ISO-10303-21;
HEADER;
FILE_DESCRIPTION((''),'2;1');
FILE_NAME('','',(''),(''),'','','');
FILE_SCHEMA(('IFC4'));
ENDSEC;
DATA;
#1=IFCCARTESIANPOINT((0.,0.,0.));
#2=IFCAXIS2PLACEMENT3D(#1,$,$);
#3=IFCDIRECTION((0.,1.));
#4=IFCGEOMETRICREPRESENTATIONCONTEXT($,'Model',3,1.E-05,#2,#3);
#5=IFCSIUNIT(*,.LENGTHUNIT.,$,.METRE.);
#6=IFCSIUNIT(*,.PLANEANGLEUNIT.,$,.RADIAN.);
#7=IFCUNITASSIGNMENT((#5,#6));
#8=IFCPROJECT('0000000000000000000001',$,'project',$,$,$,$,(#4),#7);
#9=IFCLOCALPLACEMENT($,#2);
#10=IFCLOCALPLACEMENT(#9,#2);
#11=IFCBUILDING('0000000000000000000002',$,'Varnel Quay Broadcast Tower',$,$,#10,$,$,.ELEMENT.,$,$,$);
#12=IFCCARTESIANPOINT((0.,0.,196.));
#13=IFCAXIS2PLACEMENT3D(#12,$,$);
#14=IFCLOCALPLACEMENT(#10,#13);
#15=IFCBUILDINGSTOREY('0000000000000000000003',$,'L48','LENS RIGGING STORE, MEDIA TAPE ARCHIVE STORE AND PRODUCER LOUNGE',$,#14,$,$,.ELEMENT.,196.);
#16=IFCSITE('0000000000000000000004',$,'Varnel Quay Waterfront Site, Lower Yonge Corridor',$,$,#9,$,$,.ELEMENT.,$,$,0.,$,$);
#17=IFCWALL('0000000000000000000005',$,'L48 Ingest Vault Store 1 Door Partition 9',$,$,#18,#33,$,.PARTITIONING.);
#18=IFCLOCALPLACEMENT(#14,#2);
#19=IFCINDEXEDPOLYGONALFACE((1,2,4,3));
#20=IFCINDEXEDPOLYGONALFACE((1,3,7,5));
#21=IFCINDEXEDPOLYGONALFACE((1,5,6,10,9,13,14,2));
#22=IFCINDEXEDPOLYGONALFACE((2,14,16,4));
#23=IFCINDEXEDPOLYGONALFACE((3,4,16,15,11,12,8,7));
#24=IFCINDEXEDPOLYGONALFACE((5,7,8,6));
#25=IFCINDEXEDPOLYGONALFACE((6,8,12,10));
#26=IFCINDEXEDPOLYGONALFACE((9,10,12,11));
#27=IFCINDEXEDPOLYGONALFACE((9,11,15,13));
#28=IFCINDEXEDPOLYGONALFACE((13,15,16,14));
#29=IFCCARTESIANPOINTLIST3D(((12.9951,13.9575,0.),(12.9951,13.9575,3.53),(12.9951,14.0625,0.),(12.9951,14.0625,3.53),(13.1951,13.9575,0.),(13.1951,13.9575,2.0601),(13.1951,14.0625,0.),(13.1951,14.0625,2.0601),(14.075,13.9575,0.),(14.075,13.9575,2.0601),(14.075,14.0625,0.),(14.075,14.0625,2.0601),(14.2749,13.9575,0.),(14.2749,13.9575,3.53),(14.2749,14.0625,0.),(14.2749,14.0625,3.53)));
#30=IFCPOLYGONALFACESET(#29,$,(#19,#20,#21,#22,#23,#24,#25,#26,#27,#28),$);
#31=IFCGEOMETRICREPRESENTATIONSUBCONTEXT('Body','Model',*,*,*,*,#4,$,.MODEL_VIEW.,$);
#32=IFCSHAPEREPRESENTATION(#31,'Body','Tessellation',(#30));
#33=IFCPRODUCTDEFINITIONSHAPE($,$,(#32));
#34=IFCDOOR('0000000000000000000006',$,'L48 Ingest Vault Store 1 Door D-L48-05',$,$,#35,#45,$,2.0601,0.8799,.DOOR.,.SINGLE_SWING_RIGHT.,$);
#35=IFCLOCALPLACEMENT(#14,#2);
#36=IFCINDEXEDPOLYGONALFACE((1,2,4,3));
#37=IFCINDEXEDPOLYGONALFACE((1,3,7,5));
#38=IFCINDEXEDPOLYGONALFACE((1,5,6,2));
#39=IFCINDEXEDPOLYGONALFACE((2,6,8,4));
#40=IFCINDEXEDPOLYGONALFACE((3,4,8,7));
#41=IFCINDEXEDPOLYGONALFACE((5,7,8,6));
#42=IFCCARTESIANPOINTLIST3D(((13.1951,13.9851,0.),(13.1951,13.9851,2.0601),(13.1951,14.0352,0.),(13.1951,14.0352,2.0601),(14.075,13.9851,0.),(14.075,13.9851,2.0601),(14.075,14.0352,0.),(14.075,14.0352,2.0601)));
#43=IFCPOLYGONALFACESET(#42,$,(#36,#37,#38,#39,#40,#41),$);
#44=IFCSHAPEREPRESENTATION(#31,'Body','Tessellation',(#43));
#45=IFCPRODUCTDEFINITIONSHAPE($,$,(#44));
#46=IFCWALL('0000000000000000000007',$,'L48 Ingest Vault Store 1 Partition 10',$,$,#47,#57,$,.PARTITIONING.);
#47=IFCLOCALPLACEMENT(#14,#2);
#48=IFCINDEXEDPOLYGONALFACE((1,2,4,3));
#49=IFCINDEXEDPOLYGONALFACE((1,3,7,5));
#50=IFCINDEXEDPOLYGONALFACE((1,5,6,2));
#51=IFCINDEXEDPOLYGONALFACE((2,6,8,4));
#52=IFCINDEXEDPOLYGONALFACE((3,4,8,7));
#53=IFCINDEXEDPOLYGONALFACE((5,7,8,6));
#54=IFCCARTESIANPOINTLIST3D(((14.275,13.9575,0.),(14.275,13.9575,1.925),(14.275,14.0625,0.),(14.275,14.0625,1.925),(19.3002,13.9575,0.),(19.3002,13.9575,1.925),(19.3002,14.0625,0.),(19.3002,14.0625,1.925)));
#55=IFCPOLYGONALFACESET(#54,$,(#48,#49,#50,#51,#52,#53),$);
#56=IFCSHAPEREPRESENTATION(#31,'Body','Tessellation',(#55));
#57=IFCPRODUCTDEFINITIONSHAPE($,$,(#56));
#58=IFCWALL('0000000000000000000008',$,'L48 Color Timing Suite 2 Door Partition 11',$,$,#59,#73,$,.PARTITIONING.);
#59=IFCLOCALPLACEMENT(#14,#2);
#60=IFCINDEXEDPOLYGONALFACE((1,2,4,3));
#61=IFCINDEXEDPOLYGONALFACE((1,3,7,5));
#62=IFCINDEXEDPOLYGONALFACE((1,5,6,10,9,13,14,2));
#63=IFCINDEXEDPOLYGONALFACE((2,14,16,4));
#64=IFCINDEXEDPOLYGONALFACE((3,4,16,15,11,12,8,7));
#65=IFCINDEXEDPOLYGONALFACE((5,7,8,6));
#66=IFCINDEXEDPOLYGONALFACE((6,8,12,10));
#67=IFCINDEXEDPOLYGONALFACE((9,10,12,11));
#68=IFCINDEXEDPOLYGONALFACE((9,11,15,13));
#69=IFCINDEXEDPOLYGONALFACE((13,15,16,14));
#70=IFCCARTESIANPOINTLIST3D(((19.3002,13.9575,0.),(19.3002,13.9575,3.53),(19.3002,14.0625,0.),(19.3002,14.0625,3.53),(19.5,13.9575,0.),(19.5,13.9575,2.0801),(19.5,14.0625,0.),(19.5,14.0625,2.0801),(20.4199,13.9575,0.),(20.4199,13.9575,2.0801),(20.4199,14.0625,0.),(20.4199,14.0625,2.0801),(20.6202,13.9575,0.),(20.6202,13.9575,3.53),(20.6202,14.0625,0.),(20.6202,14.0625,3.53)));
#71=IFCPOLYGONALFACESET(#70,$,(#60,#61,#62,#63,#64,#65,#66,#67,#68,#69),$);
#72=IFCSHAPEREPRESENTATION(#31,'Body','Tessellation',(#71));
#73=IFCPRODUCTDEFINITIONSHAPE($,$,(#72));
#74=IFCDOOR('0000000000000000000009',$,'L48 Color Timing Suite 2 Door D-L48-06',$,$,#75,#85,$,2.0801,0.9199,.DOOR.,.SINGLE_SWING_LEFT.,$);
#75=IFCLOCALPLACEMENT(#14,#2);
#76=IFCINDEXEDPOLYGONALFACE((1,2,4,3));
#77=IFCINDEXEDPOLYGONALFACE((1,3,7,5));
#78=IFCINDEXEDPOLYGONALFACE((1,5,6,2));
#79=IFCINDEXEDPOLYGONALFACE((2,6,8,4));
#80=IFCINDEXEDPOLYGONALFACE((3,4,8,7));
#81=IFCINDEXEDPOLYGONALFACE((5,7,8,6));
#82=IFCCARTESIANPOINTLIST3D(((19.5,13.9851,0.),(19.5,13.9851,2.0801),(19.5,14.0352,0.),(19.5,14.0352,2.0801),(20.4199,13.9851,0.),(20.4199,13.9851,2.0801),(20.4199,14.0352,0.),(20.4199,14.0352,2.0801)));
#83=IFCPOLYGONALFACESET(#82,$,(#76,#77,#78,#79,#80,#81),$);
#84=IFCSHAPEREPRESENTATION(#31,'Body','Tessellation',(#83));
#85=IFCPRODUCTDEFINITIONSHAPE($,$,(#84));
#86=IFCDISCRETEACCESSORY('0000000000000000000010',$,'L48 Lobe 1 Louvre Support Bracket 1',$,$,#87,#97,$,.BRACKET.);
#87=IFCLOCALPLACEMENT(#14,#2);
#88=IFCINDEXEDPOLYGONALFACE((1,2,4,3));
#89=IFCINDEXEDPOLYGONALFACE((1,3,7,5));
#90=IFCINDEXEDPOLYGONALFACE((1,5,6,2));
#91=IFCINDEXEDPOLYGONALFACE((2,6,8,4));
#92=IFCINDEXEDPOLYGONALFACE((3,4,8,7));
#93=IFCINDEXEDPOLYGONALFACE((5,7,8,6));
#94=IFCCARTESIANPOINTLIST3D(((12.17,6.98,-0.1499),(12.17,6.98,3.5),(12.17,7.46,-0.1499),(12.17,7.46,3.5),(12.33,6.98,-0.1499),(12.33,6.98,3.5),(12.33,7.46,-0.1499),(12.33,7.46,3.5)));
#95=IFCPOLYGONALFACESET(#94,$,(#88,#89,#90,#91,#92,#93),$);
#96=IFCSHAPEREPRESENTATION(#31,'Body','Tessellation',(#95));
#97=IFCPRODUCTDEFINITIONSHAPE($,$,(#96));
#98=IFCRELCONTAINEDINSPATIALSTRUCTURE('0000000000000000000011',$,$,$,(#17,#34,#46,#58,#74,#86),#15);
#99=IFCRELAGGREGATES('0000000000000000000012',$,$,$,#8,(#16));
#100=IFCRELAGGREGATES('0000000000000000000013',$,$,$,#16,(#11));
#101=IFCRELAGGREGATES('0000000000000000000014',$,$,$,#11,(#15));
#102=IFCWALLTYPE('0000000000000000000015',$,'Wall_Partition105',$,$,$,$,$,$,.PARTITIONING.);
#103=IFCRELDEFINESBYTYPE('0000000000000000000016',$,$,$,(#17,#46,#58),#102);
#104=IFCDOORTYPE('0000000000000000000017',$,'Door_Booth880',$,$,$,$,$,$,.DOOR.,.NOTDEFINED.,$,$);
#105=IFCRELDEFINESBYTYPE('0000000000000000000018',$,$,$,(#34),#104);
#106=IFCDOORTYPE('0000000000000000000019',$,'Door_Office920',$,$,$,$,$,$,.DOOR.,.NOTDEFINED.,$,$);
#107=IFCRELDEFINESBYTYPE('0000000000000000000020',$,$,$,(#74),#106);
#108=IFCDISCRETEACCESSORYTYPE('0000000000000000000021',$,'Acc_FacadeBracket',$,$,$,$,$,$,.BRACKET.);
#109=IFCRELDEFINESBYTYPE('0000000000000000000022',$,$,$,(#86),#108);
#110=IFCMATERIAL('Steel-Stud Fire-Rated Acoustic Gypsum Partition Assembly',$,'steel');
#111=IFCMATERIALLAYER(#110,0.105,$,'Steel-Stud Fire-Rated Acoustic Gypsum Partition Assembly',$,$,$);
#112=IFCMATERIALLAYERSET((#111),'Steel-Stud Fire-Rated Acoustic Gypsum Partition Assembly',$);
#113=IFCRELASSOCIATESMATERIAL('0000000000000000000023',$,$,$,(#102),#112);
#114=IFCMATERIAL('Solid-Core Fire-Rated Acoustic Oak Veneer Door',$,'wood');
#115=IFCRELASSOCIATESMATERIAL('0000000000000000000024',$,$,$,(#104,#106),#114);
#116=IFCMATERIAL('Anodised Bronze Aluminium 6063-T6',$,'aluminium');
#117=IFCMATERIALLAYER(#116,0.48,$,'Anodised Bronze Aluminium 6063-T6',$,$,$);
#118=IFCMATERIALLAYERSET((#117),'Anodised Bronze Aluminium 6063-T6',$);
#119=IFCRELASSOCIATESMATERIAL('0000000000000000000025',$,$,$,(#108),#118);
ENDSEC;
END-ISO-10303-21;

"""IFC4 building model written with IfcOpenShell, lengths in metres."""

from ifc_helpers import new_model, si_unit, direction, frame, frame_2d, origin, origin_2d, place, context, subcontext, project, spatial, rectangle, extrude, source, transform, mapped, material, layer, layer_set, type_object, type_shapes, element, fill, save


model = new_model("IFC4")

# Units and contexts
model_context = context("Model", 3, precision=1e-05, world=origin(), true_north=direction((0.0, 1.0)))
body_context = subcontext(model_context, "Body", "Model", "MODEL_VIEW")
ifc_project = project(units=[si_unit("LENGTHUNIT", "METRE"), si_unit("PLANEANGLEUNIT", "RADIAN")], contexts=[model_context])

# Site, building, storey
site_placement = place(None, origin())
site = spatial("IfcSite", under=ifc_project, at=site_placement, Name="Varnel Quay Waterfront Site, Lower Yonge Corridor", CompositionType="ELEMENT", RefElevation=0.0)
building_placement = place(site_placement, origin())
building = spatial("IfcBuilding", under=site, at=building_placement, Name="Varnel Quay Broadcast Tower", CompositionType="ELEMENT")
storey_placement = place(building_placement, frame((0.0, 0.0, 196.0)))
storey = spatial("IfcBuildingStorey", under=building, at=storey_placement, Name="L48", Description="LENS RIGGING STORE, MEDIA TAPE ARCHIVE STORE AND PRODUCER LOUNGE", CompositionType="ELEMENT", Elevation=196.0)

# Shared definitions
ifc_material_1 = material(Name="Anodised Bronze Aluminium 6063-T6", Category="aluminium")

# Shared definitions
ifc_material_2 = material(Name="Steel-Stud Fire-Rated Acoustic Gypsum Partition Assembly", Category="steel")
ifc_layer_1 = layer(ifc_material_2, 0.105, Name="Steel-Stud Fire-Rated Acoustic Gypsum Partition Assembly")
ifc_layer_set_1 = layer_set([ifc_layer_1], Name="Steel-Stud Fire-Rated Acoustic Gypsum Partition Assembly")
wall_type_1 = type_object("IfcWallType", Name="Wall_Partition105", PredefinedType="PARTITIONING", material=ifc_layer_set_1)

# Wall, opening, door
wall_1_placement = place(storey_placement, frame((12.9951, 14.01, 0.0), z_axis=(0.0, 0.0, 1.0), x_axis=(1.0, 0.0, 0.0)))
wall_1 = element("IfcWall", 1, at=wall_1_placement, inside=storey, type_object=wall_type_1, Name="L48 Ingest Vault Store 1 Door Partition 9", PredefinedType="PARTITIONING", context=body_context, shape_type="SweptSolid", body=[
    extrude(rectangle(XDim=1.2798, YDim=0.105, at=frame_2d((0.6399, 0.0))), origin(), (0.0, 0.0, 1.0), 3.53),
])
opening_1_placement = place(wall_1_placement, frame((0.2, 0.0, 0.0)))
opening_1 = element("IfcOpeningElement", 2, at=opening_1_placement, cuts=wall_1, PredefinedType="OPENING", context=body_context, shape_type="SweptSolid", body=[
    extrude(rectangle(XDim=0.8799, YDim=2.0601, at=frame_2d((0.4399, 1.03))), frame((0.0, 0.0625, 0.0), z_axis=(0.0, -1.0, 0.0), x_axis=(1.0, 0.0, 0.0)), (0.0, 0.0, 1.0), 0.125),
])
ifc_material_3 = material(Name="Solid-Core Fire-Rated Acoustic Oak Veneer Door", Category="wood")
door_type_1 = type_object("IfcDoorType", Name="Door_Booth880", OperationType="NOTDEFINED", PredefinedType="DOOR", material=ifc_material_3)
shared_shape_1 = source(origin(), body_context, "Body", "SweptSolid", [
    extrude(rectangle(XDim=0.8799, YDim=2.0601, at=frame_2d((0.4399, 1.03))), frame((0.0, 0.0249, 0.0), z_axis=(0.0, -1.0, 0.0), x_axis=(1.0, 0.0, 0.0)), (0.0, 0.0, 1.0), 0.05),
])
type_shapes(door_type_1, [shared_shape_1])
door_1_placement = place(opening_1_placement, frame((0.8799, 0.0, 0.0), z_axis=(0.0, 0.0, 1.0), x_axis=(-1.0, 0.0, 0.0)))
door_1 = element("IfcDoor", 3, at=door_1_placement, inside=storey, type_object=door_type_1, Name="L48 Ingest Vault Store 1 Door D-L48-05", OperationType="SINGLE_SWING_RIGHT", OverallHeight=2.0601, OverallWidth=0.8799, PredefinedType="DOOR", context=body_context, shape_type="MappedRepresentation", body=[
    mapped(shared_shape_1, transform((0.0, 0.0, 0.0), x_axis=(1.0, 0.0, 0.0), y_axis=(0.0, 1.0, 0.0), z_axis=(0.0, 0.0, 1.0), scale=1.0)),
])
fill(opening_1, door_1)

# Wall
wall_2_placement = place(storey_placement, frame((14.2749, 14.01, 0.0), z_axis=(0.0, 0.0, 1.0), x_axis=(1.0, 0.0, 0.0)))
element("IfcWall", 4, at=wall_2_placement, inside=storey, type_object=wall_type_1, Name="L48 Ingest Vault Store 1 Partition 10", PredefinedType="PARTITIONING", context=body_context, shape_type="SweptSolid", body=[
    extrude(rectangle(XDim=5.0251, YDim=0.105, at=frame_2d((2.5127, 0.0))), origin(), (0.0, 0.0, 1.0), 1.925),
])

# Wall, opening, door
wall_3_placement = place(storey_placement, frame((19.3, 14.01, 0.0), z_axis=(0.0, 0.0, 1.0), x_axis=(1.0, 0.0, 0.0)))
wall_3 = element("IfcWall", 5, at=wall_3_placement, inside=storey, type_object=wall_type_1, Name="L48 Color Timing Suite 2 Door Partition 11", PredefinedType="PARTITIONING", context=body_context, shape_type="SweptSolid", body=[
    extrude(rectangle(XDim=1.3201, YDim=0.105, at=frame_2d((0.6602, 0.0))), origin(), (0.0, 0.0, 1.0), 3.53),
])
opening_2_placement = place(wall_3_placement, frame((0.2, 0.0, 0.0)))
opening_2 = element("IfcOpeningElement", 6, at=opening_2_placement, cuts=wall_3, PredefinedType="OPENING", context=body_context, shape_type="SweptSolid", body=[
    extrude(rectangle(XDim=0.9199, YDim=2.0801, at=frame_2d((0.46, 1.04))), frame((0.0, 0.0625, 0.0), z_axis=(0.0, -1.0, 0.0), x_axis=(1.0, 0.0, 0.0)), (0.0, 0.0, 1.0), 0.125),
])
door_type_2 = type_object("IfcDoorType", Name="Door_Office920", OperationType="NOTDEFINED", PredefinedType="DOOR", material=ifc_material_3)
shared_shape_2 = source(origin(), body_context, "Body", "SweptSolid", [
    extrude(rectangle(XDim=0.9199, YDim=2.0801, at=frame_2d((0.46, 1.04))), frame((0.0, 0.0249, 0.0), z_axis=(0.0, -1.0, 0.0), x_axis=(1.0, 0.0, 0.0)), (0.0, 0.0, 1.0), 0.05),
])
type_shapes(door_type_2, [shared_shape_2])
door_2_placement = place(opening_2_placement, frame((0.9199, 0.0, 0.0), z_axis=(0.0, 0.0, 1.0), x_axis=(-1.0, 0.0, 0.0)))
door_2 = element("IfcDoor", 7, at=door_2_placement, inside=storey, type_object=door_type_2, Name="L48 Color Timing Suite 2 Door D-L48-06", OperationType="SINGLE_SWING_LEFT", OverallHeight=2.0801, OverallWidth=0.9199, PredefinedType="DOOR", context=body_context, shape_type="MappedRepresentation", body=[
    mapped(shared_shape_2, transform((0.0, 0.0, 0.0), x_axis=(1.0, 0.0, 0.0), y_axis=(0.0, 1.0, 0.0), z_axis=(0.0, 0.0, 1.0), scale=1.0)),
])
fill(opening_2, door_2)

# Discrete accessory
ifc_layer_2 = layer(ifc_material_1, 0.48, Name="Anodised Bronze Aluminium 6063-T6")
ifc_layer_set_2 = layer_set([ifc_layer_2], Name="Anodised Bronze Aluminium 6063-T6")
discrete_accessory_type = type_object("IfcDiscreteAccessoryType", Name="Acc_FacadeBracket", PredefinedType="BRACKET", material=ifc_layer_set_2)
shared_shape_3 = source(origin(), body_context, "Body", "SweptSolid", [
    extrude(rectangle(XDim=0.1599, YDim=0.48, at=origin_2d()), origin(), (0.0, 0.0, 1.0), 3.6499),
])
type_shapes(discrete_accessory_type, [shared_shape_3])
discrete_accessory_placement = place(storey_placement, frame((12.25, 7.22, -0.1499), z_axis=(0.0, 0.0, 1.0), x_axis=(1.0, 0.0, 0.0)))
element("IfcDiscreteAccessory", 8, at=discrete_accessory_placement, inside=storey, type_object=discrete_accessory_type, Name="L48 Lobe 1 Louvre Support Bracket 1", PredefinedType="BRACKET", context=body_context, shape_type="MappedRepresentation", body=[
    mapped(shared_shape_3, transform((0.0, 0.0, 0.0), x_axis=(1.0, 0.0, 0.0), y_axis=(0.0, 1.0, 0.0), z_axis=(0.0, 0.0, 1.0), scale=1.0)),
])

save(model, "model.ifc")
